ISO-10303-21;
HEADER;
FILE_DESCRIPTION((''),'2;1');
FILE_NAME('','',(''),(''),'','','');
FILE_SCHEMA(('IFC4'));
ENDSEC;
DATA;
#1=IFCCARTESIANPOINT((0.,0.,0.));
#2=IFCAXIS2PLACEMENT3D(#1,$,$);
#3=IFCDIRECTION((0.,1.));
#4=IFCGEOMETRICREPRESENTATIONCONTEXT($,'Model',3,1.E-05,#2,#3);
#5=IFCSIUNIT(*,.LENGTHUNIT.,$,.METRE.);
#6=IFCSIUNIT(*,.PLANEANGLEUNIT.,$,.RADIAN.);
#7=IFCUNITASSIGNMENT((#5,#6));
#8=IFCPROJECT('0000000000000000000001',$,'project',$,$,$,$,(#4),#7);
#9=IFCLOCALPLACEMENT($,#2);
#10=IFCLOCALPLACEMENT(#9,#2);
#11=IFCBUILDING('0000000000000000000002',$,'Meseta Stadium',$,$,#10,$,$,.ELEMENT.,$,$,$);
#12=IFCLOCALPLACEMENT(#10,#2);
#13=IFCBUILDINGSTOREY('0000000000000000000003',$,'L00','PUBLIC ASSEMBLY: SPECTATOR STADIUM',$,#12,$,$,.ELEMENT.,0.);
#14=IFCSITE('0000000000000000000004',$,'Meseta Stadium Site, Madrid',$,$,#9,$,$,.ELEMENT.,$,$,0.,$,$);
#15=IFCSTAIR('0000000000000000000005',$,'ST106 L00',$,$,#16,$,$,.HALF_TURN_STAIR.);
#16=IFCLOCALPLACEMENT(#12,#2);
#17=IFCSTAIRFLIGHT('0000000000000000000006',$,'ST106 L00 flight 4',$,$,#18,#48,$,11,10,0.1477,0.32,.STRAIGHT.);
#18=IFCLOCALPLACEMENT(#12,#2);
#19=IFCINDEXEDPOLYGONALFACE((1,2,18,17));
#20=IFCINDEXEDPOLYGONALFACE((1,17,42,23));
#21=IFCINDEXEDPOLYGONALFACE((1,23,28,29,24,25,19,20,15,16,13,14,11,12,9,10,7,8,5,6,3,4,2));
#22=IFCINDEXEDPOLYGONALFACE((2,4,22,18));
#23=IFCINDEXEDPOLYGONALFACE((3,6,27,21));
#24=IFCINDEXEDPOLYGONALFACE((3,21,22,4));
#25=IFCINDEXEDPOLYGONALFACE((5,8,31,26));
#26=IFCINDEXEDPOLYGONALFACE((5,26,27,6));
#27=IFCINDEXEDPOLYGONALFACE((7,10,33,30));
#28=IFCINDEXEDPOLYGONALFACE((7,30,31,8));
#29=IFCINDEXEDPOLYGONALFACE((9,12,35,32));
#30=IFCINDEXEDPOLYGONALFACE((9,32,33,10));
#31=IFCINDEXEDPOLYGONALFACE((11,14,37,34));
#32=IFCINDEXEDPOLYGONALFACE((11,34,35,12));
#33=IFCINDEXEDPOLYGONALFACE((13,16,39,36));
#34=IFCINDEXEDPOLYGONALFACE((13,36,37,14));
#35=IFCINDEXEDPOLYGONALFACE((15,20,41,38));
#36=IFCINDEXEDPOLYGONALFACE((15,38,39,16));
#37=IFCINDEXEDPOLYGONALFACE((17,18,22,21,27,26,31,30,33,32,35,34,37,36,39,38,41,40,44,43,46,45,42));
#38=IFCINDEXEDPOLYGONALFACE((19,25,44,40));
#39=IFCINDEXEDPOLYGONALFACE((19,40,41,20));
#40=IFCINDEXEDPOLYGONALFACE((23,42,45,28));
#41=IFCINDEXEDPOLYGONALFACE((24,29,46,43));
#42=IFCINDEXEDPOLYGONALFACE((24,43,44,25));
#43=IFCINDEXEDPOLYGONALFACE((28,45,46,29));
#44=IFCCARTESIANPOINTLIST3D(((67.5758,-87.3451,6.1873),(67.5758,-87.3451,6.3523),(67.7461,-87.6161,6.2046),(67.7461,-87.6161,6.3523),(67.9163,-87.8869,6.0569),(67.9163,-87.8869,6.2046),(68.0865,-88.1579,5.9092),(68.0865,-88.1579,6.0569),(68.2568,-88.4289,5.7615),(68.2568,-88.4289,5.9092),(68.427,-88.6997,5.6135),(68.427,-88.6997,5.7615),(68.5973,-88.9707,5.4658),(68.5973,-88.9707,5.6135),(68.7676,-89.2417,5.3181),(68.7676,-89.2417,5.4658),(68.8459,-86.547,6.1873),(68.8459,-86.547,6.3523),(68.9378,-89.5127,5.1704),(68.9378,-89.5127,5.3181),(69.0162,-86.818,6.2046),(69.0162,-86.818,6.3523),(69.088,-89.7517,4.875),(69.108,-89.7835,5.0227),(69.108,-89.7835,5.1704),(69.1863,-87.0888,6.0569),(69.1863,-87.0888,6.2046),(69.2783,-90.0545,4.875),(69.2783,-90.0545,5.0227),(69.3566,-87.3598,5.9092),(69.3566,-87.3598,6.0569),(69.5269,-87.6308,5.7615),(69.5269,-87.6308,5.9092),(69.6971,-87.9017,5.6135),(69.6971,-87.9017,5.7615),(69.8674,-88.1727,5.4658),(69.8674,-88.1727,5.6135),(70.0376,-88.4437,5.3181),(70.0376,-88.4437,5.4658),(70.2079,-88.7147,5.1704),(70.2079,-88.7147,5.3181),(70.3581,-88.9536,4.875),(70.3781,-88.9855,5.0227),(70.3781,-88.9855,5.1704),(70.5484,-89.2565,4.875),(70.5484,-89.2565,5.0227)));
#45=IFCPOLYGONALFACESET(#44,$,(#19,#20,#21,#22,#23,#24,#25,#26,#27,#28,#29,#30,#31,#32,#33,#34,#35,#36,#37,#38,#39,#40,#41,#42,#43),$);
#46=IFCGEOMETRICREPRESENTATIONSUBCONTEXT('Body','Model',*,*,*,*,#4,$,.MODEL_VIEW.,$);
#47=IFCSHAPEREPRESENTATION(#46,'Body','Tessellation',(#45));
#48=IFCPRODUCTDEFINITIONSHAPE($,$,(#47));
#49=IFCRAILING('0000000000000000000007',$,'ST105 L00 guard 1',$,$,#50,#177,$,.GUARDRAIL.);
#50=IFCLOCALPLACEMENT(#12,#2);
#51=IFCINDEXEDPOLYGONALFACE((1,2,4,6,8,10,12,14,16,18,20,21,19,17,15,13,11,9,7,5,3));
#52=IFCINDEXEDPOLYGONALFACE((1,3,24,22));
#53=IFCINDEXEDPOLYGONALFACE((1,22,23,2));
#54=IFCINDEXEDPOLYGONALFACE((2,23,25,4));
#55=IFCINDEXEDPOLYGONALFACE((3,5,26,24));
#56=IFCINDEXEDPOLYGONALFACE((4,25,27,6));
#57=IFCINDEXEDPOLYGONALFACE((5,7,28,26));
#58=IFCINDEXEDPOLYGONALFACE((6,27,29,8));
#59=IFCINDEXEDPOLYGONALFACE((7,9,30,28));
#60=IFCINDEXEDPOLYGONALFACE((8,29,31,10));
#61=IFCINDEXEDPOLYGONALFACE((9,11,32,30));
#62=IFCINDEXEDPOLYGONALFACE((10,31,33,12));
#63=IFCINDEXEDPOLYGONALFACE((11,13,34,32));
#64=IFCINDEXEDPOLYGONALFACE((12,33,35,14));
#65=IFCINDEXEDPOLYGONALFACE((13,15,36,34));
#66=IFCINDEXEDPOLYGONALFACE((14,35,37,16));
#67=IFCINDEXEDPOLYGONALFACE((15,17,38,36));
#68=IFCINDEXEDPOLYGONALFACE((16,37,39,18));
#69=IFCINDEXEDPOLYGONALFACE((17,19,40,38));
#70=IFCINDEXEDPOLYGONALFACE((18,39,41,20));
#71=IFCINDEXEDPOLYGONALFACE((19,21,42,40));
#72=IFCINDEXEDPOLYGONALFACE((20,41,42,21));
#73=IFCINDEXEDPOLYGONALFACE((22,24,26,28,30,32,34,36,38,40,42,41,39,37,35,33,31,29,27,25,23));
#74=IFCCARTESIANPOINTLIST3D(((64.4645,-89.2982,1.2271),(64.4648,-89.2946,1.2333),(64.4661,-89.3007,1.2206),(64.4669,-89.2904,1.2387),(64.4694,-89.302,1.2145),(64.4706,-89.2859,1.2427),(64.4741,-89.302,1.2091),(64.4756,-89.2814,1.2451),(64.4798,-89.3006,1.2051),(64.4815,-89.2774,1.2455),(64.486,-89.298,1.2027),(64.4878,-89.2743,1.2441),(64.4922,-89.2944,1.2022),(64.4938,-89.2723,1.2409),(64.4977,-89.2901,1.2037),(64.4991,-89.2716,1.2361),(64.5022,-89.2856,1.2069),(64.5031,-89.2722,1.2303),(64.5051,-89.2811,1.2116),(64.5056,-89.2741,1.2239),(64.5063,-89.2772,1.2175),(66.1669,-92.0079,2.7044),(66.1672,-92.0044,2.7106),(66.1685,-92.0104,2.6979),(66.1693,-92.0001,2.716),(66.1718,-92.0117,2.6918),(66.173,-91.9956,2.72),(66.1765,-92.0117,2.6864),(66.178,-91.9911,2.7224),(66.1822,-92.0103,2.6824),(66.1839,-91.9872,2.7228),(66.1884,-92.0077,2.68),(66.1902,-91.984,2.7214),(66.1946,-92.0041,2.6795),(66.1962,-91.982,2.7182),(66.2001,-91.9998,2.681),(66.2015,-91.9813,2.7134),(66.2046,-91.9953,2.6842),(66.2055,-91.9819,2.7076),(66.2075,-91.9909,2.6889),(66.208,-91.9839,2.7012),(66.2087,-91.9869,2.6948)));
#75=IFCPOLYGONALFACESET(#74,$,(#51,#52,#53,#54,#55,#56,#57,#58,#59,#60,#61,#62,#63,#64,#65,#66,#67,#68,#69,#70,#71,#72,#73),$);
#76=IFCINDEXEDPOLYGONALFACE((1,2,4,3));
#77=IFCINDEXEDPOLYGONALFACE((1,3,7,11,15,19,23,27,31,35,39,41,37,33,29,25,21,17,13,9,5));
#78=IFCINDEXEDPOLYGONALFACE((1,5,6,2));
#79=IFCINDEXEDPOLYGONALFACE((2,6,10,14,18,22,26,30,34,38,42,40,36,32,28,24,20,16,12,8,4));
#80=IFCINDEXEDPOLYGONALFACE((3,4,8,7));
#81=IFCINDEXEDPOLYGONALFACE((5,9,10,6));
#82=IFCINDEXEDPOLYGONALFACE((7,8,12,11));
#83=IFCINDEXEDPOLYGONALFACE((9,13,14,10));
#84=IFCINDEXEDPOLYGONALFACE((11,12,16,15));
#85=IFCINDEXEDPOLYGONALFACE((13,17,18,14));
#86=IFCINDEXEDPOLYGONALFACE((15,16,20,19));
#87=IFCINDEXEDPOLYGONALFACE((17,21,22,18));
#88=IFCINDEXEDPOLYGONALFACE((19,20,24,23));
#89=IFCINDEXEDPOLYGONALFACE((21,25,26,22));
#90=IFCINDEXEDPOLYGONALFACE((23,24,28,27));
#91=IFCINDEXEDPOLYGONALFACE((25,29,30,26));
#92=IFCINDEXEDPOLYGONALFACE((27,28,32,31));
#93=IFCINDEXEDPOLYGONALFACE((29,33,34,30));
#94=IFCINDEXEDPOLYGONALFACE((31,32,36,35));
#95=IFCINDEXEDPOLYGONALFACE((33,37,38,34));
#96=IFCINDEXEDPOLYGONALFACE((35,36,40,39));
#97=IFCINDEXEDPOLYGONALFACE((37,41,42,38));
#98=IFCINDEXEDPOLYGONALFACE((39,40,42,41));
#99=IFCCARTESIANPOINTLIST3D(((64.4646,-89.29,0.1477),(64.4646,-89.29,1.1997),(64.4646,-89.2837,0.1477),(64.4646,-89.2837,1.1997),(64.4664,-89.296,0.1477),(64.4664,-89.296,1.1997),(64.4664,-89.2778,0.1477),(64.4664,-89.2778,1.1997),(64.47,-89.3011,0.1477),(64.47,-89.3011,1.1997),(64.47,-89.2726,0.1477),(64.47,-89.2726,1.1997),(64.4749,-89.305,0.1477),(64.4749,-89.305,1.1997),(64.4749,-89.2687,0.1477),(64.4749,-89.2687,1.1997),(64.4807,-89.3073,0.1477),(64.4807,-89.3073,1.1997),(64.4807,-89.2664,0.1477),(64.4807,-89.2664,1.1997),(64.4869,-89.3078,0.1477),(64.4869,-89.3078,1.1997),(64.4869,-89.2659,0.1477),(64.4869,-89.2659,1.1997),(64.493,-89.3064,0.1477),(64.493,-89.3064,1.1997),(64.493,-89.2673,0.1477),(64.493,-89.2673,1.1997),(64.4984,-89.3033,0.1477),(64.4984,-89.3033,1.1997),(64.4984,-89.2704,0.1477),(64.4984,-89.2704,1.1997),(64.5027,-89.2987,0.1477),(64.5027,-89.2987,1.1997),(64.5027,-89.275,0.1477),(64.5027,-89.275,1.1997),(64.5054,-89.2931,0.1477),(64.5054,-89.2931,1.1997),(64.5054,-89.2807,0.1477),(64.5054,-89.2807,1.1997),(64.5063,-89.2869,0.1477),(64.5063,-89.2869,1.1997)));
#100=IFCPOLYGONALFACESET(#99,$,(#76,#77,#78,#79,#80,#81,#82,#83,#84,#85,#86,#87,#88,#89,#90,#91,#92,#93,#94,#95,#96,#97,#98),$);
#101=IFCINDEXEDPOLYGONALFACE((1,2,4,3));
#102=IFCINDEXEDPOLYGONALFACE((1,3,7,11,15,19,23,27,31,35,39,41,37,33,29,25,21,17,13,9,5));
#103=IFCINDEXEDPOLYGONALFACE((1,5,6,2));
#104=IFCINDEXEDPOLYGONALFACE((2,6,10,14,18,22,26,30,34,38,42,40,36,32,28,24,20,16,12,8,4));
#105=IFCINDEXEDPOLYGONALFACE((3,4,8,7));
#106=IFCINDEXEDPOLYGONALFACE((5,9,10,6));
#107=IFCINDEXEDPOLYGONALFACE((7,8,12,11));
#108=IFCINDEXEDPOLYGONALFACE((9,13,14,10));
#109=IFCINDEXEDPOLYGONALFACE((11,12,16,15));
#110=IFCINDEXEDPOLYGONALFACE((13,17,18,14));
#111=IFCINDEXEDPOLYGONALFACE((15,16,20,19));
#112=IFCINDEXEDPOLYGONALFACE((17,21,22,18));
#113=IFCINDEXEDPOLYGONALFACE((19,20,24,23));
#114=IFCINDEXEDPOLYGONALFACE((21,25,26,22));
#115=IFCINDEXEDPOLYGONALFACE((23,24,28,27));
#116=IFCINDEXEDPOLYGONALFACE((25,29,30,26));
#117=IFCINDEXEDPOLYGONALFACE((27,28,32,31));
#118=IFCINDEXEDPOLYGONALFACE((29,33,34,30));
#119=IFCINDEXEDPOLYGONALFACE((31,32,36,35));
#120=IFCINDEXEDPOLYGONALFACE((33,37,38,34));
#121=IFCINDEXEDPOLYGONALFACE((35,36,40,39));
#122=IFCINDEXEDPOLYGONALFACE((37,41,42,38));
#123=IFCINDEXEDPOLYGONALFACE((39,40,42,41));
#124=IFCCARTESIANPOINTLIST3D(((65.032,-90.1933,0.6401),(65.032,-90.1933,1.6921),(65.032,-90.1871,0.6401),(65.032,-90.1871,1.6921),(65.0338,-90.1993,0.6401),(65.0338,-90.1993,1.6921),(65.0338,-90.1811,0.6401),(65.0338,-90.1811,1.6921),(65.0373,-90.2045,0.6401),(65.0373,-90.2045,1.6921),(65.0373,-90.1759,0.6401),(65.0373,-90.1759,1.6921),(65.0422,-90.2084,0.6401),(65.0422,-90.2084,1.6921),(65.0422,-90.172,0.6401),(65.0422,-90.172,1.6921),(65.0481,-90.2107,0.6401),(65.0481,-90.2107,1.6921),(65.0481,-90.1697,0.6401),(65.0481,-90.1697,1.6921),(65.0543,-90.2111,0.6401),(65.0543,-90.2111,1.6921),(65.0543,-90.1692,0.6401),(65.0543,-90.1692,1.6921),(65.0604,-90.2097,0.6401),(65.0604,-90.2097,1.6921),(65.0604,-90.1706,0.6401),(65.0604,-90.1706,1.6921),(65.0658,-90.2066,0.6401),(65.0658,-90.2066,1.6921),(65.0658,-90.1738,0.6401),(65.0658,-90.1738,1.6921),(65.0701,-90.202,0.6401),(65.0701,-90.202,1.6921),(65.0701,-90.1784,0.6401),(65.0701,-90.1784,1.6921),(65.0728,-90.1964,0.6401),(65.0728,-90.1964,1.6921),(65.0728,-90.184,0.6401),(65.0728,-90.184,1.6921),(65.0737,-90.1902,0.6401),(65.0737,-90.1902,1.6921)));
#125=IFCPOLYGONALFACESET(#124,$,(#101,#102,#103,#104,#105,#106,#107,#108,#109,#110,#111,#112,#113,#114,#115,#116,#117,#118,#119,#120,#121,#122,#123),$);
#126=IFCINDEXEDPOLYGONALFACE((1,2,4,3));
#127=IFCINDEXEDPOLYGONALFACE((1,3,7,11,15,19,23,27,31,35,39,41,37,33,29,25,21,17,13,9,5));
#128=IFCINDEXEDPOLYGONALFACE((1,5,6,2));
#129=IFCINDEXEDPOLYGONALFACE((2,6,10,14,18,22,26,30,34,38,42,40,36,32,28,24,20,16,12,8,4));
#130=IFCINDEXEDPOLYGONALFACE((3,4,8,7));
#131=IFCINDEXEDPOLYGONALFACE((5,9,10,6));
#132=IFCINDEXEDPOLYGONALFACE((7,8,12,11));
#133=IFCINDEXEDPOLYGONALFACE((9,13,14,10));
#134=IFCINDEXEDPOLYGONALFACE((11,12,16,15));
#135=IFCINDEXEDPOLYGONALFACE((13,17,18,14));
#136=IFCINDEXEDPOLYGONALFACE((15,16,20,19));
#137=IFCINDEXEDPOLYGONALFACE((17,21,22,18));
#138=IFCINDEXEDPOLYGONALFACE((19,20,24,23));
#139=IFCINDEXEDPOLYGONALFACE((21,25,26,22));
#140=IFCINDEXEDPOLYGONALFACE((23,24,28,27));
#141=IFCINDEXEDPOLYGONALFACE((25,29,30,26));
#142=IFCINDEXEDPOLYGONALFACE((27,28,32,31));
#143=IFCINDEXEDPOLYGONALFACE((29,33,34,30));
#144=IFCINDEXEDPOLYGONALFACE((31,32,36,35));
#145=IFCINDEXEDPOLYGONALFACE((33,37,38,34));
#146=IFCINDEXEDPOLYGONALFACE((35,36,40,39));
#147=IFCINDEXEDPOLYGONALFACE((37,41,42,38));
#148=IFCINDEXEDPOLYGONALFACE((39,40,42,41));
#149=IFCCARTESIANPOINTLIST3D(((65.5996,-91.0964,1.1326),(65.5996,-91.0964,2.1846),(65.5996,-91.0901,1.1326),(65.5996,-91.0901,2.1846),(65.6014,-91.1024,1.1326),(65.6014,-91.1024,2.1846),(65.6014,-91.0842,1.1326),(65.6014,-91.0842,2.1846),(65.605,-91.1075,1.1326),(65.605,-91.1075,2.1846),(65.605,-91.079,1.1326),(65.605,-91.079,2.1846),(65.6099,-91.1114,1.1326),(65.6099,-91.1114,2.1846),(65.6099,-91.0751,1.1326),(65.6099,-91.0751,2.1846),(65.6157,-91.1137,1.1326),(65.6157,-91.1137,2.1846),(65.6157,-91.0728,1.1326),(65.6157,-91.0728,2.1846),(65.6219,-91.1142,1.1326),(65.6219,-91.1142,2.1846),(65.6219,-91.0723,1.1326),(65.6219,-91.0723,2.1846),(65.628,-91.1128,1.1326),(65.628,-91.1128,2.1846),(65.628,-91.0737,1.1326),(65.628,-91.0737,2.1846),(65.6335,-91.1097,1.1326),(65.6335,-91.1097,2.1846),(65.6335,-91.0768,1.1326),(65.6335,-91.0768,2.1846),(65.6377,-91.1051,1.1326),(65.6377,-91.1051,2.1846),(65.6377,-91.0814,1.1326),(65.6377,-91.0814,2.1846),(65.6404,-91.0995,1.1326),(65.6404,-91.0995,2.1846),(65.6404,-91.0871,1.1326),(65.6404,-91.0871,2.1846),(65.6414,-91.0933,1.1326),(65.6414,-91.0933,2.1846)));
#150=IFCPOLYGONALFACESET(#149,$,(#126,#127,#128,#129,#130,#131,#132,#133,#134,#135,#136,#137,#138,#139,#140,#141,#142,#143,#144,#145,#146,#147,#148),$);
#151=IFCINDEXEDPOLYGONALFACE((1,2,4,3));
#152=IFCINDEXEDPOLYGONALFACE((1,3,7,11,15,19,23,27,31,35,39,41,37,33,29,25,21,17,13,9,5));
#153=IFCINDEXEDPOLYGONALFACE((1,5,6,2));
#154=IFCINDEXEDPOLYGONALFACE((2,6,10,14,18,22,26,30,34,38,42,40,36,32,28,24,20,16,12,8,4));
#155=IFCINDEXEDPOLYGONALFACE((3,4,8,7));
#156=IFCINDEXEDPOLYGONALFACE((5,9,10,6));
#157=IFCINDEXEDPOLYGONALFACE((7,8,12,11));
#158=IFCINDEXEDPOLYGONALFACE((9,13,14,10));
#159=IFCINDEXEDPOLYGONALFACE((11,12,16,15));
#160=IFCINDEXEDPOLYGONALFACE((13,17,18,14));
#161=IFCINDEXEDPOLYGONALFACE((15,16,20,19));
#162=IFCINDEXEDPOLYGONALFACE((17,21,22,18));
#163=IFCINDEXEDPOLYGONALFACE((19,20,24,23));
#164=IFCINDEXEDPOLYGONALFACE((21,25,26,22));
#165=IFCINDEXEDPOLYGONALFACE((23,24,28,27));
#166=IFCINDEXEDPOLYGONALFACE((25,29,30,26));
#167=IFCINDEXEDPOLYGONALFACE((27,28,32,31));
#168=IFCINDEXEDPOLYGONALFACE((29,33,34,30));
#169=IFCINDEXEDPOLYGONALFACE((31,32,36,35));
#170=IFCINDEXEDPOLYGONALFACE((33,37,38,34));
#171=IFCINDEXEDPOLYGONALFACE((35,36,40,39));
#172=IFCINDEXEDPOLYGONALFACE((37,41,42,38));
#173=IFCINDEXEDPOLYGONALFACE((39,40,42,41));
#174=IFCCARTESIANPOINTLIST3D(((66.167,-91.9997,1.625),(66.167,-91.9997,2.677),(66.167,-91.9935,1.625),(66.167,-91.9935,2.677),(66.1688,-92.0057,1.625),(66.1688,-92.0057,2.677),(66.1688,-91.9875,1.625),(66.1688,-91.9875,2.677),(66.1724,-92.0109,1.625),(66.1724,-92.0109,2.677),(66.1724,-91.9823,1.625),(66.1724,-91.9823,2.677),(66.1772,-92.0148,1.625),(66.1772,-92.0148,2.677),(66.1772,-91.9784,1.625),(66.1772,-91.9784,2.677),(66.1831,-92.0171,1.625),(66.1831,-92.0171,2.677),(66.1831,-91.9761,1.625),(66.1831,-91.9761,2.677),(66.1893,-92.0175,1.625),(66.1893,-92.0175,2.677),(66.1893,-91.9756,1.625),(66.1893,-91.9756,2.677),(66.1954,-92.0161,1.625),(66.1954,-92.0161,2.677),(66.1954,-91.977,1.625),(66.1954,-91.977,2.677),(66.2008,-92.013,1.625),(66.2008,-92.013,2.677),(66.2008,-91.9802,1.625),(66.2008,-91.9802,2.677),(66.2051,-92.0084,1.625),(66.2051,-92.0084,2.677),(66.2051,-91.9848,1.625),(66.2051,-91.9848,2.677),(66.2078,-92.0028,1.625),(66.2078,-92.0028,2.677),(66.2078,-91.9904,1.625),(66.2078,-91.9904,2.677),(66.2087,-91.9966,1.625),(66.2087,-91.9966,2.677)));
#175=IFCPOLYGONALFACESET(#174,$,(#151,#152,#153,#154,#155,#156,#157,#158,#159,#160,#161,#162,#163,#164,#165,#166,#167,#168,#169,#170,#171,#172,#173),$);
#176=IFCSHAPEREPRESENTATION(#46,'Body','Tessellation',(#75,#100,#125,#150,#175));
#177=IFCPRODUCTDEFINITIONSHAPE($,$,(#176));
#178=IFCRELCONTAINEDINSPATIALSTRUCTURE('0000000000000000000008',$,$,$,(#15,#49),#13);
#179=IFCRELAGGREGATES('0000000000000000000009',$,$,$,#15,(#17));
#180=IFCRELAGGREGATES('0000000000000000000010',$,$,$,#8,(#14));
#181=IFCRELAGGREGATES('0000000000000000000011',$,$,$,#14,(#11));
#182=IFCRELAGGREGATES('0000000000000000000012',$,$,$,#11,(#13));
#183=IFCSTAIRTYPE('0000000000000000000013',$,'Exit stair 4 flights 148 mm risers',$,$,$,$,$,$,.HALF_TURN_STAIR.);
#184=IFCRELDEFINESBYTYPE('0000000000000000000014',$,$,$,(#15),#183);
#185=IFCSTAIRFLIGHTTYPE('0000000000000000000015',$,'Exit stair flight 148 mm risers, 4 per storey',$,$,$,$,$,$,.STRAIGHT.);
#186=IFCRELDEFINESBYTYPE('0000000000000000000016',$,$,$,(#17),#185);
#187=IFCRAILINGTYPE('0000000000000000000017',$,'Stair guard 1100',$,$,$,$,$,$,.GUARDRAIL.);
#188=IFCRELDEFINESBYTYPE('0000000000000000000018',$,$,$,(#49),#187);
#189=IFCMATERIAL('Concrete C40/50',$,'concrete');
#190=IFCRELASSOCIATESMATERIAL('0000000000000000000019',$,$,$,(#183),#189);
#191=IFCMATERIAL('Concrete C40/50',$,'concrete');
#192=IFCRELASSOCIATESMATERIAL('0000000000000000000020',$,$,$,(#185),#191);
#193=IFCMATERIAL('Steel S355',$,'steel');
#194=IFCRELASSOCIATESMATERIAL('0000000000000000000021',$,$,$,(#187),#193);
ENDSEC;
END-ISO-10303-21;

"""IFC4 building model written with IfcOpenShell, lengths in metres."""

from ifc_helpers import new_model, si_unit, direction, frame, origin, origin_2d, place, context, subcontext, project, spatial, polyline, circle, outline, extrude, material, type_object, element, aggregate, save


model = new_model("IFC4")

# Units and contexts
model_context = context("Model", 3, precision=1e-05, world=origin(), true_north=direction((0.0, 1.0)))
body_context = subcontext(model_context, "Body", "Model", "MODEL_VIEW")
ifc_project = project(units=[si_unit("LENGTHUNIT", "METRE"), si_unit("PLANEANGLEUNIT", "RADIAN")], contexts=[model_context])

# Site, building, storey
site_placement = place(None, origin())
site = spatial("IfcSite", under=ifc_project, at=site_placement, Name="Meseta Stadium Site, Madrid", CompositionType="ELEMENT", RefElevation=0.0)
building_placement = place(site_placement, origin())
building = spatial("IfcBuilding", under=site, at=building_placement, Name="Meseta Stadium", CompositionType="ELEMENT")
storey_placement = place(building_placement, origin())
storey = spatial("IfcBuildingStorey", under=building, at=storey_placement, Name="L00", Description="PUBLIC ASSEMBLY: SPECTATOR STADIUM", CompositionType="ELEMENT", Elevation=0.0)

# Stair, stair flight
ifc_material_1 = material(Name="Concrete C40/50", Category="concrete")
stair_type = type_object("IfcStairType", Name="Exit stair 4 flights 148 mm risers", PredefinedType="HALF_TURN_STAIR", material=ifc_material_1)
ifc_material_2 = material(Name="Concrete C40/50", Category="concrete")
stair_flight_type = type_object("IfcStairFlightType", Name="Exit stair flight 148 mm risers, 4 per storey", PredefinedType="STRAIGHT", material=ifc_material_2)
stair_1_placement = place(storey_placement, origin())
stair_1 = element("IfcStair", 1, at=stair_1_placement, inside=storey, type_object=stair_type, Name="ST106 L00", PredefinedType="HALF_TURN_STAIR")
stair_flight_1_placement = place(storey_placement, frame((69.9133, -89.6555, 4.875), z_axis=(0.0, 0.0, 1.0), x_axis=(-0.532032, 0.846724, 0.0)))
stair_flight_1 = element("IfcStairFlight", 2, at=stair_flight_1_placement, type_object=stair_flight_type, Name="ST106 L00 flight 4", NumberOfRisers=11, NumberOfTreads=10, PredefinedType="STRAIGHT", RiserHeight=0.1477, TreadLength=0.32, context=body_context, shape_type="SweptSolid", body=[
    extrude(outline(polyline([(0.0, 0.0), (0.0, 0.1477), (0.3201, 0.1477), (0.3201, 0.2954), (0.6399, 0.2954), (0.6399, 0.4431), (0.96, 0.4431), (0.96, 0.5908), (1.28, 0.5908), (1.28, 0.7385), (1.6001, 0.7385), (1.6001, 0.8865), (1.9199, 0.8865), (1.9199, 1.0342), (2.24, 1.0342), (2.24, 1.1819), (2.5601, 1.1819), (2.5601, 1.3296), (2.8799, 1.3296), (2.8799, 1.4773), (3.2, 1.4773), (3.2, 1.3123), (0.3577, 0.0), (0.0, 0.0)])), frame((0.0, 0.75, 0.0), z_axis=(0.0, -1.0, 0.0), x_axis=(1.0, 0.0, 0.0)), (0.0, 0.0, 1.0), 1.5),
])
aggregate(stair_1, [stair_flight_1])

# Railing
ifc_material_3 = material(Name="Steel S355", Category="steel")
railing_type_1 = type_object("IfcRailingType", Name="Stair guard 1100", PredefinedType="GUARDRAIL", material=ifc_material_3)
railing_1_placement = place(storey_placement, frame((64.4854, -89.2869, 0.1477)))
element("IfcRailing", 3, at=railing_1_placement, inside=storey, type_object=railing_type_1, Name="ST105 L00 guard 1", PredefinedType="GUARDRAIL", context=body_context, shape_type="SweptSolid", body=[
    extrude(circle(Radius=0.0239, at=origin_2d()), frame((0.0, 0.0, 1.0762), z_axis=(0.482997, -0.768792, 0.419133), x_axis=(0.846757, 0.531979, 0.0)), (0.0, 0.0, 1.0), 3.5247),
    extrude(circle(Radius=0.021, at=origin_2d()), origin(), (0.0, 0.0, 1.0), 1.052),
    extrude(circle(Radius=0.021, at=origin_2d()), frame((0.5674, -0.9033, 0.4924)), (0.0, 0.0, 1.0), 1.052),
    extrude(circle(Radius=0.021, at=origin_2d()), frame((1.135, -1.8064, 0.9849)), (0.0, 0.0, 1.0), 1.052),
    extrude(circle(Radius=0.021, at=origin_2d()), frame((1.7024, -2.7097, 1.4773)), (0.0, 0.0, 1.0), 1.052),
])

save(model, "model.ifc")
